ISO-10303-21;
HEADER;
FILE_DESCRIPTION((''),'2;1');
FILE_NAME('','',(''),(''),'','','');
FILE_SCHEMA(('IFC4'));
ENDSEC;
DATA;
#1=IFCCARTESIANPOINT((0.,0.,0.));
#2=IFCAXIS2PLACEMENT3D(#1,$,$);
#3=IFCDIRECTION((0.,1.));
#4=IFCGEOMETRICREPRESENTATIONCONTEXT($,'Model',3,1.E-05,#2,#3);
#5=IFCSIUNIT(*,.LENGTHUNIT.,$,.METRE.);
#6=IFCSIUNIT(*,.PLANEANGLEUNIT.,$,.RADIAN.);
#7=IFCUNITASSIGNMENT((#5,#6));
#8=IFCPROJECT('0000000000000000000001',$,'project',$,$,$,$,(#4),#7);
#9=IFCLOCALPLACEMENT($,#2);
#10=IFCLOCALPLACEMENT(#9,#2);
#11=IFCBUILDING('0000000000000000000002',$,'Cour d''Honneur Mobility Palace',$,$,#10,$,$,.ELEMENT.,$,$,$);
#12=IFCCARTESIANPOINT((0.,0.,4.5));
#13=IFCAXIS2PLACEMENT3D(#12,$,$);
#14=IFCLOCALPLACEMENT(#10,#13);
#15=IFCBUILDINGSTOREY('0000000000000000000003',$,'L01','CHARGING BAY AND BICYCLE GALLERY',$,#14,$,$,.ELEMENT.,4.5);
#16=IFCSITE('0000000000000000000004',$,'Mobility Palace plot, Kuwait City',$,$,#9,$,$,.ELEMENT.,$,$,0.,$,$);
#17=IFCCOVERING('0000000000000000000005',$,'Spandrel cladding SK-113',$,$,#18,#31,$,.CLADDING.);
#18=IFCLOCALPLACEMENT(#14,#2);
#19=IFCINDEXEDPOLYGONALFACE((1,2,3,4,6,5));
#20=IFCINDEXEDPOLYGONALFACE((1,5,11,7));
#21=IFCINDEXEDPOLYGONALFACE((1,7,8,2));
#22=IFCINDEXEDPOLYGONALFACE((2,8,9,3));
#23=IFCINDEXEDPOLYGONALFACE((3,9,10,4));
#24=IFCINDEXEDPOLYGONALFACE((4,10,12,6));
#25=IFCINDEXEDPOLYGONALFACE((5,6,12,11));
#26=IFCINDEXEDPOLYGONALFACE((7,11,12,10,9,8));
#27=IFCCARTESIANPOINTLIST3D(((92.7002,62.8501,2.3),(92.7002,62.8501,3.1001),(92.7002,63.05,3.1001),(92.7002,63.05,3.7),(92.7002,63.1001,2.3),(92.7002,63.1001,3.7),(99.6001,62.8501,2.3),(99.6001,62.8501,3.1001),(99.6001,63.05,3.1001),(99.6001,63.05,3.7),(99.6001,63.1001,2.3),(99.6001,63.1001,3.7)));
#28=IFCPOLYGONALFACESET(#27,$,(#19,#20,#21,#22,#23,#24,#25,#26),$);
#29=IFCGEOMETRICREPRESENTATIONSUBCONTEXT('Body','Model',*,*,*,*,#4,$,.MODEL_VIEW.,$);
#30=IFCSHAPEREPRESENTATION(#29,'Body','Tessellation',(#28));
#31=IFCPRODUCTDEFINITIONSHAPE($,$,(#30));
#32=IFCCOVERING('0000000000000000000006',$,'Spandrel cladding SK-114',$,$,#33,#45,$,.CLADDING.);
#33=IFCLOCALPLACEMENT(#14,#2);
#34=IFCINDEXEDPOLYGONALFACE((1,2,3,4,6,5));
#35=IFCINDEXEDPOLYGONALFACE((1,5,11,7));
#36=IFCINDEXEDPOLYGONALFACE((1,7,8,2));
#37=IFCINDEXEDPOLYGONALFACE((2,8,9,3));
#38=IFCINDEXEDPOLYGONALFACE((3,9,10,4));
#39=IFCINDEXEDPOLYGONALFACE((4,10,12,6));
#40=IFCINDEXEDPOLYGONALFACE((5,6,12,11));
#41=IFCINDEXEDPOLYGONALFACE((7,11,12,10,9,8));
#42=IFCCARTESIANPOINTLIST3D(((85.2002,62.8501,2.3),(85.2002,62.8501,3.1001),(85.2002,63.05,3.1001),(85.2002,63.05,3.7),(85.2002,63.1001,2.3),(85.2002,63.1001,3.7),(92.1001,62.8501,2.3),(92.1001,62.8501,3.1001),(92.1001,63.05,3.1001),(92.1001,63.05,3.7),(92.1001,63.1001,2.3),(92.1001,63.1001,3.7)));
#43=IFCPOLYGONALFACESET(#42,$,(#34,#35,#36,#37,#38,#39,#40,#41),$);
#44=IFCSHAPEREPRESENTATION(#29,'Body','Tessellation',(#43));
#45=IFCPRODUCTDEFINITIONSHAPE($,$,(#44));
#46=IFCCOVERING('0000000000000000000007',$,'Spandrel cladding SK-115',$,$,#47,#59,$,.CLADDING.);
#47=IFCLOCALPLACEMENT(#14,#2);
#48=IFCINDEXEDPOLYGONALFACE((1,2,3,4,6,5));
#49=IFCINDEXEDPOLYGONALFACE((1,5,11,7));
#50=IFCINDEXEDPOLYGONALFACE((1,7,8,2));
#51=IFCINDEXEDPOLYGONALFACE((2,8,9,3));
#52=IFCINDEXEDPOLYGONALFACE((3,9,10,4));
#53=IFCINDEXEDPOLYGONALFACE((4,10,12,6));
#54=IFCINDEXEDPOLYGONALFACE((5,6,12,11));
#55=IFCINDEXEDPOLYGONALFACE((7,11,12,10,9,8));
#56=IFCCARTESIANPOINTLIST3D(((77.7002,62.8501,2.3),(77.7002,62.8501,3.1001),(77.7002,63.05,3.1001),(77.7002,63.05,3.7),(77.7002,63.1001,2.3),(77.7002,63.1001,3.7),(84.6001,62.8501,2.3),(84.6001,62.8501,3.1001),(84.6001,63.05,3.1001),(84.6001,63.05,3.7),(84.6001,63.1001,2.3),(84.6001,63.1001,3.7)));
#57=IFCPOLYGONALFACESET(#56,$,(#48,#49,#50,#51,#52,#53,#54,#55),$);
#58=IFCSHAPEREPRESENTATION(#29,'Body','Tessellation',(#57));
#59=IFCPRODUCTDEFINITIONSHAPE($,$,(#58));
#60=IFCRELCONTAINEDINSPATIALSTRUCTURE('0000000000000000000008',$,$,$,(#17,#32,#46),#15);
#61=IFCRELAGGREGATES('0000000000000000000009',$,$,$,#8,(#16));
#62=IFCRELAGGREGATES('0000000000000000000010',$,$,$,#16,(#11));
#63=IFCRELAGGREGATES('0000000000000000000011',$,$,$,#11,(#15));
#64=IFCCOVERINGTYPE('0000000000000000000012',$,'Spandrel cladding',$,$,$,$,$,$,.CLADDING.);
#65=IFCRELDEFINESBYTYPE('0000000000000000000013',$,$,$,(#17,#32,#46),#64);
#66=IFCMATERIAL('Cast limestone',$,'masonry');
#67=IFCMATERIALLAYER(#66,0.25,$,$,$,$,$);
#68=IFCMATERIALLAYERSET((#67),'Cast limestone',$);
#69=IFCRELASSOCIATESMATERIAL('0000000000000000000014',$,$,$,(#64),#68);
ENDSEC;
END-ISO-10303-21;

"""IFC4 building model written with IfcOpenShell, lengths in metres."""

from ifc_helpers import new_model, si_unit, direction, frame, origin, place, context, subcontext, project, spatial, polyline, outline, extrude, material, layer, layer_set, type_object, element, save


model = new_model("IFC4")

# Units and contexts
model_context = context("Model", 3, precision=1e-05, world=origin(), true_north=direction((0.0, 1.0)))
body_context = subcontext(model_context, "Body", "Model", "MODEL_VIEW")
ifc_project = project(units=[si_unit("LENGTHUNIT", "METRE"), si_unit("PLANEANGLEUNIT", "RADIAN")], contexts=[model_context])

# Site, building, storey
site_placement = place(None, origin())
site = spatial("IfcSite", under=ifc_project, at=site_placement, Name="Mobility Palace plot, Kuwait City", CompositionType="ELEMENT", RefElevation=0.0)
building_placement = place(site_placement, origin())
building = spatial("IfcBuilding", under=site, at=building_placement, Name="Cour d'Honneur Mobility Palace", CompositionType="ELEMENT")
storey_placement = place(building_placement, frame((0.0, 0.0, 4.5)))
storey = spatial("IfcBuildingStorey", under=building, at=storey_placement, Name="L01", Description="CHARGING BAY AND BICYCLE GALLERY", CompositionType="ELEMENT", Elevation=4.5)

# Coverings
ifc_material_1 = material(Name="Cast limestone", Category="masonry")
ifc_layer_1 = layer(ifc_material_1, 0.25)
ifc_layer_set_1 = layer_set([ifc_layer_1], Name="Cast limestone")
covering_type_1 = type_object("IfcCoveringType", Name="Spandrel cladding", PredefinedType="CLADDING", material=ifc_layer_set_1)
for number, where, z_axis, x_axis, name in (
    (1, (99.6001, 62.8501, 2.3), (1.0, 0.0, 0.0), (0.0, 1.0, 0.0), "Spandrel cladding SK-113"),
    (2, (92.1001, 62.8501, 2.3), (1.0, 0.0, 0.0), (0.0, 1.0, 0.0), "Spandrel cladding SK-114"),
    (3, (84.6001, 62.8501, 2.3), (1.0, 0.0, 0.0), (0.0, 1.0, 0.0), "Spandrel cladding SK-115"),
):
    element("IfcCovering", number, at=place(storey_placement, frame(where, z_axis=z_axis, x_axis=x_axis)), inside=storey, type_object=covering_type_1, Name=name, PredefinedType="CLADDING", context=body_context, shape_type="SweptSolid", body=[
        extrude(outline(polyline([(0.0, 0.0), (0.25, 0.0), (0.25, 1.3999), (0.2, 1.3999), (0.2, 0.8), (0.0, 0.8), (0.0, 0.0)])), origin(), (0.0, 0.0, -1.0), 6.8999),
    ])

save(model, "model.ifc")
